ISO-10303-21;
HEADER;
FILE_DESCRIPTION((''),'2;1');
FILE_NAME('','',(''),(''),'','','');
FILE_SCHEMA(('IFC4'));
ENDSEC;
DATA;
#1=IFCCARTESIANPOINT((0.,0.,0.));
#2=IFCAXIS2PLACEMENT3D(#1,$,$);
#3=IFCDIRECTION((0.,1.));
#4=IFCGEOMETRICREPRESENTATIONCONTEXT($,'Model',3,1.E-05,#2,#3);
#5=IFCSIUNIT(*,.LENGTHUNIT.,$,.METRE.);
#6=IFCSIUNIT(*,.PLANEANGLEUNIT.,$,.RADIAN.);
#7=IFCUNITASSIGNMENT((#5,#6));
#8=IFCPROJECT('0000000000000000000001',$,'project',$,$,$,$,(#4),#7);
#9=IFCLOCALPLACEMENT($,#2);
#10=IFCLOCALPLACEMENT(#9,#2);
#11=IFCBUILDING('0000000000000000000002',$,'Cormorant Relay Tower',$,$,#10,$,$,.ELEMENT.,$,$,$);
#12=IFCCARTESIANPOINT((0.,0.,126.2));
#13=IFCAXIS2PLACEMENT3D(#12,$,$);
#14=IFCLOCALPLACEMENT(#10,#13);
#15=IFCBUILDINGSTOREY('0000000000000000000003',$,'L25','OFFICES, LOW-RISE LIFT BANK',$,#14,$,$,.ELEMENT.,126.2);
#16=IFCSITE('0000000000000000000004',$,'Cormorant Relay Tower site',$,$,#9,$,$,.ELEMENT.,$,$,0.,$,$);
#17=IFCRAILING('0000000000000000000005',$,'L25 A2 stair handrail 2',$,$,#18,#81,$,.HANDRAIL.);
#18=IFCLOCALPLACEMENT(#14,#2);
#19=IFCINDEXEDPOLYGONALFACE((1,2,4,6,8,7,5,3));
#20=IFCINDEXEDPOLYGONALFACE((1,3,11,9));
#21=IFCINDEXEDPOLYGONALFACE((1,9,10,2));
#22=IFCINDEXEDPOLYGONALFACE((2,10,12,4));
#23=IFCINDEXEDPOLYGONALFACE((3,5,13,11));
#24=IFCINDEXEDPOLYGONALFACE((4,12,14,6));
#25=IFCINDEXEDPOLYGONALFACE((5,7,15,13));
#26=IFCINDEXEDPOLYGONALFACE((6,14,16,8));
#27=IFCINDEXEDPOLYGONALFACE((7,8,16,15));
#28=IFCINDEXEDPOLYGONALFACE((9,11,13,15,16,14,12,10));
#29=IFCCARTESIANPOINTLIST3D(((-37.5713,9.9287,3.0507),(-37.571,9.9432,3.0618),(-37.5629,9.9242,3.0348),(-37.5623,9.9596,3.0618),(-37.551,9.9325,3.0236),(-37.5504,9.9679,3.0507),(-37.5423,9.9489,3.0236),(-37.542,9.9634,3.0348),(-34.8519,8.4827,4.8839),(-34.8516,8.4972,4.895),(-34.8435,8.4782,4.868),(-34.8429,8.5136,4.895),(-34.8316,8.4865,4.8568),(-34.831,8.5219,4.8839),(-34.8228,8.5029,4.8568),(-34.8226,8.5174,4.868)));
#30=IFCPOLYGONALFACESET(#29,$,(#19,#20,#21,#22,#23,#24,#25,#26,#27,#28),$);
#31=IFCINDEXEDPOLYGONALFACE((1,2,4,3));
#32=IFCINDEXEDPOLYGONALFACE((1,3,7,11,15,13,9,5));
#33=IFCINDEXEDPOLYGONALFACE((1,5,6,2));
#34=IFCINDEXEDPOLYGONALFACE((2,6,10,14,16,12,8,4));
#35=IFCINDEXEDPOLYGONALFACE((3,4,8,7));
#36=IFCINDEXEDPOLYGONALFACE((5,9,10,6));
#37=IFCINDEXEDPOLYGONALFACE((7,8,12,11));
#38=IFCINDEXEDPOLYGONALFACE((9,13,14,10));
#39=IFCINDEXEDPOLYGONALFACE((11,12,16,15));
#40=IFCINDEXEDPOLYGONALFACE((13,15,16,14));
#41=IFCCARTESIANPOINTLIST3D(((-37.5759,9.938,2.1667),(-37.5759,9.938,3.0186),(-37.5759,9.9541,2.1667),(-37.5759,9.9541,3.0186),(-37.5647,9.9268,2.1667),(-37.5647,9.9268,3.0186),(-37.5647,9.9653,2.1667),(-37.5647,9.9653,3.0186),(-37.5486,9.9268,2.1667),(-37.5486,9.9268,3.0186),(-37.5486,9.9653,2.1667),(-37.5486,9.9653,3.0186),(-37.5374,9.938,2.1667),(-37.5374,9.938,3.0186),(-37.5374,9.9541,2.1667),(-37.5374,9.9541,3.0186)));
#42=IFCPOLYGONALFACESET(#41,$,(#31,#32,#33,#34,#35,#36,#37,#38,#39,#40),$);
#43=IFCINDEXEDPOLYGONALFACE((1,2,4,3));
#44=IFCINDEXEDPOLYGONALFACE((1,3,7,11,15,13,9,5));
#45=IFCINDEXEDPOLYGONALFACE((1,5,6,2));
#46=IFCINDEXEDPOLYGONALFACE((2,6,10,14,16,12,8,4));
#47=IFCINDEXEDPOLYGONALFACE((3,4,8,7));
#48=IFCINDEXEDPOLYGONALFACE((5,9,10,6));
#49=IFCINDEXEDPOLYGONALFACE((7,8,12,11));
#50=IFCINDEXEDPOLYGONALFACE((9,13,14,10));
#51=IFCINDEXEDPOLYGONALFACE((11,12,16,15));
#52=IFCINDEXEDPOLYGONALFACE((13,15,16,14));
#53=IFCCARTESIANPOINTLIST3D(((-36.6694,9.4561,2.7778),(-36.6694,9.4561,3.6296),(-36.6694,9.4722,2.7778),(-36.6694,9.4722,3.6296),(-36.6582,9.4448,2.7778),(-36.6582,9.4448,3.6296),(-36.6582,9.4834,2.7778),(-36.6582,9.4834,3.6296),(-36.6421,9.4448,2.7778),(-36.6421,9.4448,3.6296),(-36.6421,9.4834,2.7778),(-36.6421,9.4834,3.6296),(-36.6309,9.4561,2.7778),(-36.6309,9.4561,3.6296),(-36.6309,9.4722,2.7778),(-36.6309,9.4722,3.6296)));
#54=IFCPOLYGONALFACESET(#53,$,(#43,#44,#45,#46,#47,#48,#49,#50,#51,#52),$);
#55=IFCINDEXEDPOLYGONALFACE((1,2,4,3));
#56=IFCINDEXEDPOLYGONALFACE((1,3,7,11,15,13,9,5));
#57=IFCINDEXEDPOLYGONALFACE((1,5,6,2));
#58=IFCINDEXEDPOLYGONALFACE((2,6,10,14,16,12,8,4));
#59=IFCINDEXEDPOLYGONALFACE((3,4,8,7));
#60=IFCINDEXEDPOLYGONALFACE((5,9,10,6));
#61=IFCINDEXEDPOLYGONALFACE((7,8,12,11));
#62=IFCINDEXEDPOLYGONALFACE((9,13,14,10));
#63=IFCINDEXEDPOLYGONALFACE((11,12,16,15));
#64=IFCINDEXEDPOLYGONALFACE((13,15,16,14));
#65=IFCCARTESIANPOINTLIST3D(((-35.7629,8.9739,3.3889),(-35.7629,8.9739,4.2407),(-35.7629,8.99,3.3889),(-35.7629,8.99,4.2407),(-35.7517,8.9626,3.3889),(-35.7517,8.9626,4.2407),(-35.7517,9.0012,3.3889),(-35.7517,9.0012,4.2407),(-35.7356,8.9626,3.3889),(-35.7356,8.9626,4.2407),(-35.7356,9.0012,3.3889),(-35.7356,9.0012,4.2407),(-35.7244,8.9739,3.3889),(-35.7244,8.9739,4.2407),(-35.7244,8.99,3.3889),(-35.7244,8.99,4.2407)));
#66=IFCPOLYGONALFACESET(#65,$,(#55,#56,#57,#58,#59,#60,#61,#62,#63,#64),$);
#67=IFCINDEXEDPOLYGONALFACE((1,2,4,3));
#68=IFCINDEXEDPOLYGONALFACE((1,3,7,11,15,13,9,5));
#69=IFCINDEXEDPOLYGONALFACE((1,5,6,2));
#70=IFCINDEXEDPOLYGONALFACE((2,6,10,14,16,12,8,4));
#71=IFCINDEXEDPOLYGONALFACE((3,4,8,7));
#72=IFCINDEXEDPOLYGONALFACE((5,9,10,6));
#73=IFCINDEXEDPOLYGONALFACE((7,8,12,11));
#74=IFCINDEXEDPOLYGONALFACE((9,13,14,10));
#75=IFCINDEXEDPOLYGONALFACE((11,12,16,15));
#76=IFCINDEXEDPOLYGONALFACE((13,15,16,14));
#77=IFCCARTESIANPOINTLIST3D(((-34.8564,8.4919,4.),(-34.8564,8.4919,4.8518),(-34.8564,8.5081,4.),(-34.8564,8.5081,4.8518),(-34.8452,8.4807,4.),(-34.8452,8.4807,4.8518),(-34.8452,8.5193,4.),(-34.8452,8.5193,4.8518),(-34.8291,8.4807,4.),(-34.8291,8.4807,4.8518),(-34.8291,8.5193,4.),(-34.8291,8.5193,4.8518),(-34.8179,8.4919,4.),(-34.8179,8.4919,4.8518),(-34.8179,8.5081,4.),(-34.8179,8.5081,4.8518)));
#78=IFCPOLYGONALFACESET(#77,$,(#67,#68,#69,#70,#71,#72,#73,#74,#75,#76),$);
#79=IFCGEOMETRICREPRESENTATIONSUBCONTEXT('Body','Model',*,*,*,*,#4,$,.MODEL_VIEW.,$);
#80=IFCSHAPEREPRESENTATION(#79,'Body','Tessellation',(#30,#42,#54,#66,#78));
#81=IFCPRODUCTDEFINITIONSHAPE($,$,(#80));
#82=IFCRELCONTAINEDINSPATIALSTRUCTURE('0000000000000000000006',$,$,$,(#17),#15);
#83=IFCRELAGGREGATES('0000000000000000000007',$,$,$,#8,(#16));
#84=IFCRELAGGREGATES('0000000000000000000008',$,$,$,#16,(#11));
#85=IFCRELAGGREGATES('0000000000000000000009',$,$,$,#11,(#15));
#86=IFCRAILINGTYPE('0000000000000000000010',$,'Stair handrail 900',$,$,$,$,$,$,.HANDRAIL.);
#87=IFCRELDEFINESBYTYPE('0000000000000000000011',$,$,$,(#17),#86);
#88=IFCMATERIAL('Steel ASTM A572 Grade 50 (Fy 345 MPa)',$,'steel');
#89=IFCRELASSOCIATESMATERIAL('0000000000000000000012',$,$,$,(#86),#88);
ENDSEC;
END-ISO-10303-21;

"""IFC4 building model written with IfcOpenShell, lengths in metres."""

from ifc_helpers import new_model, si_unit, direction, frame, origin, place, context, subcontext, project, spatial, polyline, outline, extrude, material, type_object, element, save


model = new_model("IFC4")

# Units and contexts
model_context = context("Model", 3, precision=1e-05, world=origin(), true_north=direction((0.0, 1.0)))
body_context = subcontext(model_context, "Body", "Model", "MODEL_VIEW")
ifc_project = project(units=[si_unit("LENGTHUNIT", "METRE"), si_unit("PLANEANGLEUNIT", "RADIAN")], contexts=[model_context])

# Site, building, storey
site_placement = place(None, origin())
site = spatial("IfcSite", under=ifc_project, at=site_placement, Name="Cormorant Relay Tower site", CompositionType="ELEMENT", RefElevation=0.0)
building_placement = place(site_placement, origin())
building = spatial("IfcBuilding", under=site, at=building_placement, Name="Cormorant Relay Tower", CompositionType="ELEMENT")
storey_placement = place(building_placement, frame((0.0, 0.0, 126.2)))
storey = spatial("IfcBuildingStorey", under=building, at=storey_placement, Name="L25", Description="OFFICES, LOW-RISE LIFT BANK", CompositionType="ELEMENT", Elevation=126.2)

# Railing
ifc_material_1 = material(Name="Steel ASTM A572 Grade 50 (Fy 345 MPa)", Category="steel")
railing_type_1 = type_object("IfcRailingType", Name="Stair handrail 900", PredefinedType="HANDRAIL", material=ifc_material_1)
railing_1_placement = place(storey_placement, frame((-37.5566, 9.946, 2.1667)))
element("IfcRailing", 1, at=railing_1_placement, inside=storey, type_object=railing_type_1, Name="L25 A2 stair handrail 2", PredefinedType="HANDRAIL", context=body_context, shape_type="SweptSolid", body=[
    extrude(outline(polyline([(0.0222, 0.0093), (0.0093, 0.0222), (-0.0093, 0.0222), (-0.0222, 0.0093), (-0.0222, -0.0093), (-0.0093, -0.0222), (0.0093, -0.0222), (0.0222, -0.0093), (0.0222, 0.0093)])), frame((0.0, 0.0, 0.876), z_axis=(0.758714, -0.403435, 0.511463), x_axis=(0.469489, 0.882938, 0.0)), (0.0, 0.0, 1.0), 3.5842),
    extrude(outline(polyline([(0.0193, 0.0081), (0.0081, 0.0193), (-0.0081, 0.0193), (-0.0193, 0.0081), (-0.0193, -0.0081), (-0.0081, -0.0193), (0.0081, -0.0193), (0.0193, -0.0081), (0.0193, 0.0081)])), origin(), (0.0, 0.0, 1.0), 0.8518),
    extrude(outline(polyline([(0.0193, 0.0081), (0.0081, 0.0193), (-0.0081, 0.0193), (-0.0193, 0.0081), (-0.0193, -0.0081), (-0.0081, -0.0193), (0.0081, -0.0193), (0.0193, -0.0081), (0.0193, 0.0081)])), frame((0.9065, -0.4819, 0.6111)), (0.0, 0.0, 1.0), 0.8518),
    extrude(outline(polyline([(0.0193, 0.0081), (0.0081, 0.0193), (-0.0081, 0.0193), (-0.0193, 0.0081), (-0.0193, -0.0081), (-0.0081, -0.0193), (0.0081, -0.0193), (0.0193, -0.0081), (0.0193, 0.0081)])), frame((1.813, -0.9641, 1.2222)), (0.0, 0.0, 1.0), 0.8518),
    extrude(outline(polyline([(0.0193, 0.0081), (0.0081, 0.0193), (-0.0081, 0.0193), (-0.0193, 0.0081), (-0.0193, -0.0081), (-0.0081, -0.0193), (0.0081, -0.0193), (0.0193, -0.0081), (0.0193, 0.0081)])), frame((2.7195, -1.446, 1.8333)), (0.0, 0.0, 1.0), 0.8518),
])

save(model, "model.ifc")
